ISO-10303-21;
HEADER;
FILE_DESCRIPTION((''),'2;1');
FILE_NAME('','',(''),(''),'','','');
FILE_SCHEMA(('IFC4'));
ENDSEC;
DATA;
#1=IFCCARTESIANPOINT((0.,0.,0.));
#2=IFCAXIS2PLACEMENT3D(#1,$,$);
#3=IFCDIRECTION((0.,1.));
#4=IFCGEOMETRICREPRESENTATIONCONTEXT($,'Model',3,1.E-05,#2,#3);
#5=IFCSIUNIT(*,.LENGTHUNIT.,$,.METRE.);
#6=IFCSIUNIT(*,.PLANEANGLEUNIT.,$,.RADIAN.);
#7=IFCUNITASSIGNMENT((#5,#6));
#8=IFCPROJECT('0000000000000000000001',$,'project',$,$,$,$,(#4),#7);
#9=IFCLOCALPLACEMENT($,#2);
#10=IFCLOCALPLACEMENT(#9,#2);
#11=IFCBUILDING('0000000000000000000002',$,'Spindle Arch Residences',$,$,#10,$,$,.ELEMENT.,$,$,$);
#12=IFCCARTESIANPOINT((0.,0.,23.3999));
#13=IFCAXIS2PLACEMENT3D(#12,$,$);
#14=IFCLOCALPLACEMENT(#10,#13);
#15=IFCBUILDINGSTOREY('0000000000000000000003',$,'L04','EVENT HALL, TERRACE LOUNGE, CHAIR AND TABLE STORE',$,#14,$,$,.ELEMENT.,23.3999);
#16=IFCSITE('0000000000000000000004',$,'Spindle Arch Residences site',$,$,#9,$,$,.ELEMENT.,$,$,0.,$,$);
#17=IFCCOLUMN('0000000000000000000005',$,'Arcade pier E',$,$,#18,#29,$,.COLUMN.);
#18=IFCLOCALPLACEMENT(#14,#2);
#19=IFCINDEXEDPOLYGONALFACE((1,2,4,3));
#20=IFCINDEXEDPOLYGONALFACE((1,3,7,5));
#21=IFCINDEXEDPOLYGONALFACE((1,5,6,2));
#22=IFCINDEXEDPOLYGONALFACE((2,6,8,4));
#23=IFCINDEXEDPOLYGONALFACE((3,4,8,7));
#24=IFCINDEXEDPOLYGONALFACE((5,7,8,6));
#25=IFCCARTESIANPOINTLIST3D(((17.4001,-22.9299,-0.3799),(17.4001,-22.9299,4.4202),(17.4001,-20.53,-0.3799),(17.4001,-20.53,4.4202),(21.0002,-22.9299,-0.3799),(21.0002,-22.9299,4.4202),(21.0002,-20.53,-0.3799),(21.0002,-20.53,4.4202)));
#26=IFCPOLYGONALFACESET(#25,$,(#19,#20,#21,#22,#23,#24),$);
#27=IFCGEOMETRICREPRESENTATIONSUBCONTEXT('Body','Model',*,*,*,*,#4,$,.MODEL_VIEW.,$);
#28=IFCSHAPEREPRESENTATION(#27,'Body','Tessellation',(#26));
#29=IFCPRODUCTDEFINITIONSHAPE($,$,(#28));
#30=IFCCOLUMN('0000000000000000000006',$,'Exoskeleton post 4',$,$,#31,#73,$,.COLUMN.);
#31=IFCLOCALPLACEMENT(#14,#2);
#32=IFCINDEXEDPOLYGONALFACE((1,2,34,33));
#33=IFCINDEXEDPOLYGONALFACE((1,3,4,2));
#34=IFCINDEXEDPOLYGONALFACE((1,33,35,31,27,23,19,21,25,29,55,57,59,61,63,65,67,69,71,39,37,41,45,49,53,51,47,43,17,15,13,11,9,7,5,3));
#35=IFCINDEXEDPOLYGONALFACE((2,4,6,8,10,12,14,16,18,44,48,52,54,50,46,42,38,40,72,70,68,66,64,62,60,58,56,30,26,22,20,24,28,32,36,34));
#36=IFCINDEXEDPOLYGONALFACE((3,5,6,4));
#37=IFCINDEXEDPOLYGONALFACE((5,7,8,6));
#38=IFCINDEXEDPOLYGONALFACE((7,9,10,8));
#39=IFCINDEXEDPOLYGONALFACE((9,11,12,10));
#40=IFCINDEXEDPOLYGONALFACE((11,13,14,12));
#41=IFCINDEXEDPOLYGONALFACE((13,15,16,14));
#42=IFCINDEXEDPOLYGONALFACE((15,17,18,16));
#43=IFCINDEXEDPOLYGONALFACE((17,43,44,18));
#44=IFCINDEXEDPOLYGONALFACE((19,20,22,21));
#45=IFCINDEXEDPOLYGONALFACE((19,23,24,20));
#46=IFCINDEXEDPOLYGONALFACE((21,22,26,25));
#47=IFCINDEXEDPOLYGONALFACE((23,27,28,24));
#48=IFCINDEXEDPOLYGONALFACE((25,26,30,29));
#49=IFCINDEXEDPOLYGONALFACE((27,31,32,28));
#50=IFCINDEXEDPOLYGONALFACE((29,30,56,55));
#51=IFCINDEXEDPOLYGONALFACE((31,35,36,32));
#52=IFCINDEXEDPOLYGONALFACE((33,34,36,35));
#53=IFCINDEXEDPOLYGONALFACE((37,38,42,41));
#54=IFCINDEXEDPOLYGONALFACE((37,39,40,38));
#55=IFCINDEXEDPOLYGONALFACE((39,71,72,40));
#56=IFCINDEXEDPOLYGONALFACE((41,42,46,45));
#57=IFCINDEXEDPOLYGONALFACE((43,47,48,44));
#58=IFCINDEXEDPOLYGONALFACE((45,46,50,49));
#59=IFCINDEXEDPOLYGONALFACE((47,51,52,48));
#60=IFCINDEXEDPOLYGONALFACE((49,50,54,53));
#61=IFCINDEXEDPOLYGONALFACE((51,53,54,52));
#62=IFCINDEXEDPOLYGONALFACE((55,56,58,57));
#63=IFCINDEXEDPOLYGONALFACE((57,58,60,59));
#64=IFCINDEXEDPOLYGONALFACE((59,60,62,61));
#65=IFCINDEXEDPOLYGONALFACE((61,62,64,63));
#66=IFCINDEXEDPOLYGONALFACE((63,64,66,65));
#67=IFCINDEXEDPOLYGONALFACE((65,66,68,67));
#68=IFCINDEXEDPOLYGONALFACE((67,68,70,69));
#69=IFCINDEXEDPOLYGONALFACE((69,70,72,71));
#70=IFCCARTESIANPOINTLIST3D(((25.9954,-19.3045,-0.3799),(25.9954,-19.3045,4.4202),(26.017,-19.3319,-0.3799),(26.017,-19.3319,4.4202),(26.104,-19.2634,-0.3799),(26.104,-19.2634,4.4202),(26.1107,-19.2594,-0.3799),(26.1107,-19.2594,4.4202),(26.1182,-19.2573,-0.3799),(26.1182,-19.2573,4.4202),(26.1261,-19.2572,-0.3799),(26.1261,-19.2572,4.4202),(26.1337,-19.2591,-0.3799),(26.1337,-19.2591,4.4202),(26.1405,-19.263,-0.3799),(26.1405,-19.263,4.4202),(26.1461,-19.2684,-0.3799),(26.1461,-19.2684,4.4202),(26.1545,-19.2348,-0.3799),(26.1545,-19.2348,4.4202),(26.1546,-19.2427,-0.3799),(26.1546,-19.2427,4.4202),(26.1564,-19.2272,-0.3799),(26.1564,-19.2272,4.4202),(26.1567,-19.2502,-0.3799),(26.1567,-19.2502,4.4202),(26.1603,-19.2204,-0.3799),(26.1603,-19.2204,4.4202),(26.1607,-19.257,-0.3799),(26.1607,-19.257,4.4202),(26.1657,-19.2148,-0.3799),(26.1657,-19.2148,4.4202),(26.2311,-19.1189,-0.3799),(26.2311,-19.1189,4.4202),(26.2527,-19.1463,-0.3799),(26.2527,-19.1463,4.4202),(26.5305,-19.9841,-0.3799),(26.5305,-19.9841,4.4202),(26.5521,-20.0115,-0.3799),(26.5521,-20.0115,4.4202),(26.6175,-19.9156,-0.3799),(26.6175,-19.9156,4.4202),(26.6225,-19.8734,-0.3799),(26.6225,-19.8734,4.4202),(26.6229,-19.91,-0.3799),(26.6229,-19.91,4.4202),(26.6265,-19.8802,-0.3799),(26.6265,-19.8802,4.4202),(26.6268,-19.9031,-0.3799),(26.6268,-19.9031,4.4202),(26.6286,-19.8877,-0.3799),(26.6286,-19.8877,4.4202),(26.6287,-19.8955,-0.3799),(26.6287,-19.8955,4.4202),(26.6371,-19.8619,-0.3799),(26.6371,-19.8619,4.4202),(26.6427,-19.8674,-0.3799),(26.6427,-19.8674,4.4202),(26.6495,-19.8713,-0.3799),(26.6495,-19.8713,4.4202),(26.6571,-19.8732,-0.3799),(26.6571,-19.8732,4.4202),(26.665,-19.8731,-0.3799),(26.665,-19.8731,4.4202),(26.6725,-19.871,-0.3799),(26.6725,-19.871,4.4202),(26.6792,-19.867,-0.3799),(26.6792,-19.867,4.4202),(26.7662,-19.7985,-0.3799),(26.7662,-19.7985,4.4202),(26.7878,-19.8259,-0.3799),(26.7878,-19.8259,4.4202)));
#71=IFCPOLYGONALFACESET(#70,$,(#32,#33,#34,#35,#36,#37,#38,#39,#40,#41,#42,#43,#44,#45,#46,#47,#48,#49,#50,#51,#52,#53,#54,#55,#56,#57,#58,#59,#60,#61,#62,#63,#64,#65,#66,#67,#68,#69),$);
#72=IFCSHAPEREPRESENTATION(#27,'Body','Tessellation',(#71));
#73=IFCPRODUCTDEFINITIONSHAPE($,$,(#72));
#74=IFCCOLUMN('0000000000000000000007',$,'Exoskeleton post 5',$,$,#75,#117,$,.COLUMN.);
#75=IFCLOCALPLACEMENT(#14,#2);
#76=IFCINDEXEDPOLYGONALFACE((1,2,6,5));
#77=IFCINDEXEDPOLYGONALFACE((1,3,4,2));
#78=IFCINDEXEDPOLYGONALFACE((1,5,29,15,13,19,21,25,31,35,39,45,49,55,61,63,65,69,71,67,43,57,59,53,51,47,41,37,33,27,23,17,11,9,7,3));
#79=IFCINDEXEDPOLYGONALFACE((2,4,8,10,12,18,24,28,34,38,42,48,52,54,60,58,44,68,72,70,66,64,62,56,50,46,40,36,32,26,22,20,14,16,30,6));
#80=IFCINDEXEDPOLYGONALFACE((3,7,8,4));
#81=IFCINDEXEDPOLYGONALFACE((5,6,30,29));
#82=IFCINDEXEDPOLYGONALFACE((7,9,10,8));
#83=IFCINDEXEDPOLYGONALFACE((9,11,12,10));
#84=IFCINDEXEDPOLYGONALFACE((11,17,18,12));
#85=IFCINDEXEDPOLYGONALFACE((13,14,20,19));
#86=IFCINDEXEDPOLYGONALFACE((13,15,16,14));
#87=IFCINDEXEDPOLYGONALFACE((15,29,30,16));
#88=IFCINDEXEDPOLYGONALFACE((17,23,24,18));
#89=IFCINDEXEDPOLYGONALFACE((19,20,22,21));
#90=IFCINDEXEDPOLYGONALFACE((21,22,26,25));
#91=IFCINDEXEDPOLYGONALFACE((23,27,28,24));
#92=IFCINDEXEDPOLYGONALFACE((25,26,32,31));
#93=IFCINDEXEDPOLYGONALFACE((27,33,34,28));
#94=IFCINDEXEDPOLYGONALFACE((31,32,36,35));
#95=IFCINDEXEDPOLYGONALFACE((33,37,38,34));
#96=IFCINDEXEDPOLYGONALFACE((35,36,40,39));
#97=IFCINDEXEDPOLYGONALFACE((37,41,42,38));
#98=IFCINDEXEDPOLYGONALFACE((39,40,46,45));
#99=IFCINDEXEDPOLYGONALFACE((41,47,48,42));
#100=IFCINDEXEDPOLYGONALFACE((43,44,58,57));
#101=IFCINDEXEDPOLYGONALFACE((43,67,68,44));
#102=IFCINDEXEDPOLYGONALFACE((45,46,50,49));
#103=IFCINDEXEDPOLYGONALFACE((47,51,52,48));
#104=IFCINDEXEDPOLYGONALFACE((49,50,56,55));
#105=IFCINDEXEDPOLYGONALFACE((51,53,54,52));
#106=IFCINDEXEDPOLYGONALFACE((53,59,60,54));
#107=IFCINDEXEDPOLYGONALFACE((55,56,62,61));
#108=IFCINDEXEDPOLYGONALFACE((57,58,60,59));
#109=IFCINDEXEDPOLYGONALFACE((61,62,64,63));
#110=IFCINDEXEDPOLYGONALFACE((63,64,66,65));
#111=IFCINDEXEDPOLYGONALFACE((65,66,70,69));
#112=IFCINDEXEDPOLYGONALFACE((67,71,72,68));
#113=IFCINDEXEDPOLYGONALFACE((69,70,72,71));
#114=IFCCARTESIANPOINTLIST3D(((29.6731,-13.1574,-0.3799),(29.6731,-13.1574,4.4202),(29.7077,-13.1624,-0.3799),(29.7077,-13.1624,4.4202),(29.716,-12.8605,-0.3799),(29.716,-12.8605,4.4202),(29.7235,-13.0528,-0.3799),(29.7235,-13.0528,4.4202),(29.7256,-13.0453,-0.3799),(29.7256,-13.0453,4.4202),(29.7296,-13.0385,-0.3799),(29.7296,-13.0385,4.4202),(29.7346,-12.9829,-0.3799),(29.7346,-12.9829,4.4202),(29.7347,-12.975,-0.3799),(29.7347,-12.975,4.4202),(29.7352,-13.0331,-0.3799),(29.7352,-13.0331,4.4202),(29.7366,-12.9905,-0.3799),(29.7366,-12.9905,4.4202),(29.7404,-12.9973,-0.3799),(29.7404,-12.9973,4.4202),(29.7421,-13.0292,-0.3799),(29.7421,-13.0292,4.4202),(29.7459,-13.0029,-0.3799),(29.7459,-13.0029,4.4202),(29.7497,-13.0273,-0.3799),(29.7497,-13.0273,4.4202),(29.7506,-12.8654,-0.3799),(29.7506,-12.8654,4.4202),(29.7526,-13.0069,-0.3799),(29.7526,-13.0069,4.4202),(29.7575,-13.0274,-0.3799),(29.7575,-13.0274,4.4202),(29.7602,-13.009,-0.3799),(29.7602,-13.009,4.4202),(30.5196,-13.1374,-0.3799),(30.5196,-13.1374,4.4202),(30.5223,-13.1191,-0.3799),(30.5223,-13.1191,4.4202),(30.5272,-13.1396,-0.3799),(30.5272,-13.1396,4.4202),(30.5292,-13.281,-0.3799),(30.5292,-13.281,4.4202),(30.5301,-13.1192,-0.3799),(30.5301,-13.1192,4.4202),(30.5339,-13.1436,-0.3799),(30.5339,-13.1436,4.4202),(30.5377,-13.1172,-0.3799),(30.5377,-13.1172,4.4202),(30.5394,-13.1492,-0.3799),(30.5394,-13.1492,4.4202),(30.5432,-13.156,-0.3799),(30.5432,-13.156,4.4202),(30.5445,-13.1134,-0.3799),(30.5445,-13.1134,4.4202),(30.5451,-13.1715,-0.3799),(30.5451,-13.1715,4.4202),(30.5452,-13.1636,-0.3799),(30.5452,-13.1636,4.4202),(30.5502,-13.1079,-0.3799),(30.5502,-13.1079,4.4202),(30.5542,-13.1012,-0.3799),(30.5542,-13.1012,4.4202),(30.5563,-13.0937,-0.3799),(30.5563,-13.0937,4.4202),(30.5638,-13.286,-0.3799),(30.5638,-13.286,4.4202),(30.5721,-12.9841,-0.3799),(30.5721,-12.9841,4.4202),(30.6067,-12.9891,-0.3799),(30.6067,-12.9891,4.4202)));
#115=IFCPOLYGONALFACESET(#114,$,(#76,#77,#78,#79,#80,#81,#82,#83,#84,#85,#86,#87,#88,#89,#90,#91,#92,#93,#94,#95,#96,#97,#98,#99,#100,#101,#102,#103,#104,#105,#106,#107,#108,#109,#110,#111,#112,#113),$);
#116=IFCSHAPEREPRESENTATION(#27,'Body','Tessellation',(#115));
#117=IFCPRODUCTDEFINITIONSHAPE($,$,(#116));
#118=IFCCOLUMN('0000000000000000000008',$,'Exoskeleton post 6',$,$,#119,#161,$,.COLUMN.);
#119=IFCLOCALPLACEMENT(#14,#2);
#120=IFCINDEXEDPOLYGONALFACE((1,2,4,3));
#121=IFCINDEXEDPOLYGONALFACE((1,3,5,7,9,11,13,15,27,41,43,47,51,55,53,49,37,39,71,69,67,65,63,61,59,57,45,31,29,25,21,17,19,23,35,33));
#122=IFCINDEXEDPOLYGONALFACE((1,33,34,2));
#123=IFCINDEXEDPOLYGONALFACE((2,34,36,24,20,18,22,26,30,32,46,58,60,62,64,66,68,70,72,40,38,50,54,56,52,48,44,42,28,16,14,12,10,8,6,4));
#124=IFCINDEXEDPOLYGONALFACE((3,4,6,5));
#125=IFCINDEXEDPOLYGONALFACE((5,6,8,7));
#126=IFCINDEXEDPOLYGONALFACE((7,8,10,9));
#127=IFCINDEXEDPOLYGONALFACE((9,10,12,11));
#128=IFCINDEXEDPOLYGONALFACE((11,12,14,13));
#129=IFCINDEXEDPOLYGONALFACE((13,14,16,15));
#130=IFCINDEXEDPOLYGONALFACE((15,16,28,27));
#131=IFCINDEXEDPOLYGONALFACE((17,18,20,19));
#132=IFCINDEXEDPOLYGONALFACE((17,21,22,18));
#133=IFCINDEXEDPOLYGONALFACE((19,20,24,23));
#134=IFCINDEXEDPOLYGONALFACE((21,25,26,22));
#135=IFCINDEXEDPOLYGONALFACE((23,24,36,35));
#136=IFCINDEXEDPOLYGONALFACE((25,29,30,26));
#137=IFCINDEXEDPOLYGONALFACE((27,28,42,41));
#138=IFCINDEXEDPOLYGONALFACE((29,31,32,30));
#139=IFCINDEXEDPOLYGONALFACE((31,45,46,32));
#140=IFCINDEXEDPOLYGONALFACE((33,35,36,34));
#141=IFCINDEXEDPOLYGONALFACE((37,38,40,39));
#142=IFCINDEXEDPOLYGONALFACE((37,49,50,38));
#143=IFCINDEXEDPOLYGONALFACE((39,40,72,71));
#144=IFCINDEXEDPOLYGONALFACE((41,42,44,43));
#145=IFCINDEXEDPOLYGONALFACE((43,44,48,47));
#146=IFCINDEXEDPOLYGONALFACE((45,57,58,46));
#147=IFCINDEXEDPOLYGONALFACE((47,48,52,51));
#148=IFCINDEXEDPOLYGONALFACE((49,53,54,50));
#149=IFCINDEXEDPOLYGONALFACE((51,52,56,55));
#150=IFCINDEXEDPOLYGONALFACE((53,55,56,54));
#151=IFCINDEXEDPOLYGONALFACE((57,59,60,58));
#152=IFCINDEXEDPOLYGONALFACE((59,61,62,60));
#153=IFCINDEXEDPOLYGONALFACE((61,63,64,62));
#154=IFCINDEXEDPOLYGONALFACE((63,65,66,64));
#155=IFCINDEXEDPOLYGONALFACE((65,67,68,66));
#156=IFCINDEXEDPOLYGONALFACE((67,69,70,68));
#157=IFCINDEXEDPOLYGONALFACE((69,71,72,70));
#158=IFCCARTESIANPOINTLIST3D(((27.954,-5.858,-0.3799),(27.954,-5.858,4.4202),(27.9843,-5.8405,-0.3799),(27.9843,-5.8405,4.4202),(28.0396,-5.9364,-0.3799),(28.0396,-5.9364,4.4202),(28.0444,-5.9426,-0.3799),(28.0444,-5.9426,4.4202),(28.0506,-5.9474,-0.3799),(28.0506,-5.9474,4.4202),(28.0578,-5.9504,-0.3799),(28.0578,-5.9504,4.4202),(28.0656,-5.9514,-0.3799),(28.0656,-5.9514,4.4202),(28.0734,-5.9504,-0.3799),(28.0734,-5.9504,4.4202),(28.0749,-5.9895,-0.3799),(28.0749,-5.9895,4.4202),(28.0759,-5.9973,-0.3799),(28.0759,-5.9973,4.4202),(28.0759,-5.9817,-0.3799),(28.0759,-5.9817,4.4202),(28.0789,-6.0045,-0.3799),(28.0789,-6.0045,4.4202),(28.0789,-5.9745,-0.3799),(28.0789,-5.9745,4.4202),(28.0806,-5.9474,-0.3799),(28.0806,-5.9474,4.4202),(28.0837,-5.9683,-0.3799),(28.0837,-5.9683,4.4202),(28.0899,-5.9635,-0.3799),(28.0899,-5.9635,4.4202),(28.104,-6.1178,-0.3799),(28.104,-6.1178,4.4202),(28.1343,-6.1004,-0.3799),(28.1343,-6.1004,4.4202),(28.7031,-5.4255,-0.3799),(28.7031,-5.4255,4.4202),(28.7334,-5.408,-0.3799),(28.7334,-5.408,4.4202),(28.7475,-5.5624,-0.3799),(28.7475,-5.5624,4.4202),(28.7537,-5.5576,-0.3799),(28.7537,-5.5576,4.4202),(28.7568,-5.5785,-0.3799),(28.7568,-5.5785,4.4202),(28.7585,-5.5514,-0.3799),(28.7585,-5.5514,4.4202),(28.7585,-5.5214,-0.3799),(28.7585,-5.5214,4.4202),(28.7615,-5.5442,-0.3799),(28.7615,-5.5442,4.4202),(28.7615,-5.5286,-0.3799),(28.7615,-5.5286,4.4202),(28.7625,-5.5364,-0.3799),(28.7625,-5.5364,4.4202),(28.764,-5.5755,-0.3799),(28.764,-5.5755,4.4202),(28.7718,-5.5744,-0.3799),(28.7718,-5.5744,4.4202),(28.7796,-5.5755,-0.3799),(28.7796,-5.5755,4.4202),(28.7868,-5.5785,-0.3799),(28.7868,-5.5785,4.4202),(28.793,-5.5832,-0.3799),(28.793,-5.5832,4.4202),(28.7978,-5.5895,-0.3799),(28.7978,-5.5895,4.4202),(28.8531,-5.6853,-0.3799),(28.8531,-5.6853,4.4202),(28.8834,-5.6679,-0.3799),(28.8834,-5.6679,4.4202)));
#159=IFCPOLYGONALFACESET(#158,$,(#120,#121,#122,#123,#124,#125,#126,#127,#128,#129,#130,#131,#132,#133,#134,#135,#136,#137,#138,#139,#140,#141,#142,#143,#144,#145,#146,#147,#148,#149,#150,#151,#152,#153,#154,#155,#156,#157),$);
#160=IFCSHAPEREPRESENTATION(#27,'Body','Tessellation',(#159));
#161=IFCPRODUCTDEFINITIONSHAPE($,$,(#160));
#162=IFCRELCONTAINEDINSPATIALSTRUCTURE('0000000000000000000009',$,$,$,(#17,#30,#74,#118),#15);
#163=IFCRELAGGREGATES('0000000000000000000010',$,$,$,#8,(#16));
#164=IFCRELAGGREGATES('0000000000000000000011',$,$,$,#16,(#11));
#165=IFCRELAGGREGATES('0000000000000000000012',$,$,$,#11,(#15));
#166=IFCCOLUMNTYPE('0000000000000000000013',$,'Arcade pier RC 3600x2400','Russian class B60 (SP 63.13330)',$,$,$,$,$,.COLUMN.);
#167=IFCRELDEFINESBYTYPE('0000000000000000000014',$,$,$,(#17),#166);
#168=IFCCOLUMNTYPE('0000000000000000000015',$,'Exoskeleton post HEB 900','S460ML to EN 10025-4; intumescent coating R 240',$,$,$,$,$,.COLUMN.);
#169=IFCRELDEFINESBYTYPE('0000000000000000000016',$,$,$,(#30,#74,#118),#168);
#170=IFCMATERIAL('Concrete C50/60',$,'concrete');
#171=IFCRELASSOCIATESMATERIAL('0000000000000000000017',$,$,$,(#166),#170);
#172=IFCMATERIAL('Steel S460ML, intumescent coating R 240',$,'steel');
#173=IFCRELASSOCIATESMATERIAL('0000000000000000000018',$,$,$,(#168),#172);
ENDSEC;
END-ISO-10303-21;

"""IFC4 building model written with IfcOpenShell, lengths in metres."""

from ifc_helpers import new_model, si_unit, direction, frame, origin, origin_2d, place, context, subcontext, project, spatial, rectangle, i_section, extrude, material, material_profile, profile_set, type_object, element, save


model = new_model("IFC4")

# Units and contexts
model_context = context("Model", 3, precision=1e-05, world=origin(), true_north=direction((0.0, 1.0)))
body_context = subcontext(model_context, "Body", "Model", "MODEL_VIEW")
ifc_project = project(units=[si_unit("LENGTHUNIT", "METRE"), si_unit("PLANEANGLEUNIT", "RADIAN")], contexts=[model_context])

# Site, building, storey
site_placement = place(None, origin())
site = spatial("IfcSite", under=ifc_project, at=site_placement, Name="Spindle Arch Residences site", CompositionType="ELEMENT", RefElevation=0.0)
building_placement = place(site_placement, origin())
building = spatial("IfcBuilding", under=site, at=building_placement, Name="Spindle Arch Residences", CompositionType="ELEMENT")
storey_placement = place(building_placement, frame((0.0, 0.0, 23.3999)))
storey = spatial("IfcBuildingStorey", under=building, at=storey_placement, Name="L04", Description="EVENT HALL, TERRACE LOUNGE, CHAIR AND TABLE STORE", CompositionType="ELEMENT", Elevation=23.3999)

# Columns
ifc_material_1 = material(Name="Concrete C50/60", Category="concrete")
ifc_material_profile_1 = material_profile(ifc_material_1, rectangle(XDim=3.6001, YDim=2.3999, at=origin_2d()), Name="RC 3600x2400")
ifc_profile_set_1 = profile_set([ifc_material_profile_1], Name="Concrete C50/60")
column_type_1 = type_object("IfcColumnType", Name="Arcade pier RC 3600x2400", Description="Russian class B60 (SP 63.13330)", PredefinedType="COLUMN", material=ifc_profile_set_1)
column_1_placement = place(storey_placement, frame((19.2002, -21.73, -0.3799), z_axis=(0.0, 0.0, 1.0), x_axis=(1.0, 0.0, 0.0)))
element("IfcColumn", 1, at=column_1_placement, inside=storey, type_object=column_type_1, Name="Arcade pier E", PredefinedType="COLUMN", context=body_context, shape_type="SweptSolid", body=[
    extrude(rectangle(XDim=3.6001, YDim=2.3999, at=origin_2d()), origin(), (0.0, 0.0, 1.0), 4.8),
])
ifc_material_2 = material(Name="Steel S460ML, intumescent coating R 240", Category="steel")
ifc_material_profile_2 = material_profile(ifc_material_2, i_section(OverallWidth=0.3, OverallDepth=0.8999, WebThickness=0.0186, FlangeThickness=0.0349, FilletRadius=0.03, at=origin_2d()), Name="HEB 900")
ifc_profile_set_2 = profile_set([ifc_material_profile_2], Name="Steel S460ML, intumescent coating R 240")
column_type_2 = type_object("IfcColumnType", Name="Exoskeleton post HEB 900", Description="S460ML to EN 10025-4; intumescent coating R 240", PredefinedType="COLUMN", material=ifc_profile_set_2)
for number, where, z_axis, x_axis, name in (
    (2, (26.3916, -19.5652, -0.3799), (0.0, 0.0, 1.0), (-0.785684, -0.618629, 0.0), "Exoskeleton post 4"),
    (3, (30.1399, -13.0732, -0.3799), (0.0, 0.0, 1.0), (-0.142906, -0.989736, 0.0), "Exoskeleton post 5"),
    (4, (28.4187, -5.7629, -0.3799), (0.0, 0.0, 1.0), (0.5, -0.866025, 0.0), "Exoskeleton post 6"),
):
    element("IfcColumn", number, at=place(storey_placement, frame(where, z_axis=z_axis, x_axis=x_axis)), inside=storey, type_object=column_type_2, Name=name, PredefinedType="COLUMN", context=body_context, shape_type="SweptSolid", body=[
        extrude(i_section(OverallWidth=0.3, OverallDepth=0.8999, WebThickness=0.0186, FlangeThickness=0.0349, FilletRadius=0.03, at=origin_2d()), origin(), (0.0, 0.0, 1.0), 4.8),
    ])

save(model, "model.ifc")
